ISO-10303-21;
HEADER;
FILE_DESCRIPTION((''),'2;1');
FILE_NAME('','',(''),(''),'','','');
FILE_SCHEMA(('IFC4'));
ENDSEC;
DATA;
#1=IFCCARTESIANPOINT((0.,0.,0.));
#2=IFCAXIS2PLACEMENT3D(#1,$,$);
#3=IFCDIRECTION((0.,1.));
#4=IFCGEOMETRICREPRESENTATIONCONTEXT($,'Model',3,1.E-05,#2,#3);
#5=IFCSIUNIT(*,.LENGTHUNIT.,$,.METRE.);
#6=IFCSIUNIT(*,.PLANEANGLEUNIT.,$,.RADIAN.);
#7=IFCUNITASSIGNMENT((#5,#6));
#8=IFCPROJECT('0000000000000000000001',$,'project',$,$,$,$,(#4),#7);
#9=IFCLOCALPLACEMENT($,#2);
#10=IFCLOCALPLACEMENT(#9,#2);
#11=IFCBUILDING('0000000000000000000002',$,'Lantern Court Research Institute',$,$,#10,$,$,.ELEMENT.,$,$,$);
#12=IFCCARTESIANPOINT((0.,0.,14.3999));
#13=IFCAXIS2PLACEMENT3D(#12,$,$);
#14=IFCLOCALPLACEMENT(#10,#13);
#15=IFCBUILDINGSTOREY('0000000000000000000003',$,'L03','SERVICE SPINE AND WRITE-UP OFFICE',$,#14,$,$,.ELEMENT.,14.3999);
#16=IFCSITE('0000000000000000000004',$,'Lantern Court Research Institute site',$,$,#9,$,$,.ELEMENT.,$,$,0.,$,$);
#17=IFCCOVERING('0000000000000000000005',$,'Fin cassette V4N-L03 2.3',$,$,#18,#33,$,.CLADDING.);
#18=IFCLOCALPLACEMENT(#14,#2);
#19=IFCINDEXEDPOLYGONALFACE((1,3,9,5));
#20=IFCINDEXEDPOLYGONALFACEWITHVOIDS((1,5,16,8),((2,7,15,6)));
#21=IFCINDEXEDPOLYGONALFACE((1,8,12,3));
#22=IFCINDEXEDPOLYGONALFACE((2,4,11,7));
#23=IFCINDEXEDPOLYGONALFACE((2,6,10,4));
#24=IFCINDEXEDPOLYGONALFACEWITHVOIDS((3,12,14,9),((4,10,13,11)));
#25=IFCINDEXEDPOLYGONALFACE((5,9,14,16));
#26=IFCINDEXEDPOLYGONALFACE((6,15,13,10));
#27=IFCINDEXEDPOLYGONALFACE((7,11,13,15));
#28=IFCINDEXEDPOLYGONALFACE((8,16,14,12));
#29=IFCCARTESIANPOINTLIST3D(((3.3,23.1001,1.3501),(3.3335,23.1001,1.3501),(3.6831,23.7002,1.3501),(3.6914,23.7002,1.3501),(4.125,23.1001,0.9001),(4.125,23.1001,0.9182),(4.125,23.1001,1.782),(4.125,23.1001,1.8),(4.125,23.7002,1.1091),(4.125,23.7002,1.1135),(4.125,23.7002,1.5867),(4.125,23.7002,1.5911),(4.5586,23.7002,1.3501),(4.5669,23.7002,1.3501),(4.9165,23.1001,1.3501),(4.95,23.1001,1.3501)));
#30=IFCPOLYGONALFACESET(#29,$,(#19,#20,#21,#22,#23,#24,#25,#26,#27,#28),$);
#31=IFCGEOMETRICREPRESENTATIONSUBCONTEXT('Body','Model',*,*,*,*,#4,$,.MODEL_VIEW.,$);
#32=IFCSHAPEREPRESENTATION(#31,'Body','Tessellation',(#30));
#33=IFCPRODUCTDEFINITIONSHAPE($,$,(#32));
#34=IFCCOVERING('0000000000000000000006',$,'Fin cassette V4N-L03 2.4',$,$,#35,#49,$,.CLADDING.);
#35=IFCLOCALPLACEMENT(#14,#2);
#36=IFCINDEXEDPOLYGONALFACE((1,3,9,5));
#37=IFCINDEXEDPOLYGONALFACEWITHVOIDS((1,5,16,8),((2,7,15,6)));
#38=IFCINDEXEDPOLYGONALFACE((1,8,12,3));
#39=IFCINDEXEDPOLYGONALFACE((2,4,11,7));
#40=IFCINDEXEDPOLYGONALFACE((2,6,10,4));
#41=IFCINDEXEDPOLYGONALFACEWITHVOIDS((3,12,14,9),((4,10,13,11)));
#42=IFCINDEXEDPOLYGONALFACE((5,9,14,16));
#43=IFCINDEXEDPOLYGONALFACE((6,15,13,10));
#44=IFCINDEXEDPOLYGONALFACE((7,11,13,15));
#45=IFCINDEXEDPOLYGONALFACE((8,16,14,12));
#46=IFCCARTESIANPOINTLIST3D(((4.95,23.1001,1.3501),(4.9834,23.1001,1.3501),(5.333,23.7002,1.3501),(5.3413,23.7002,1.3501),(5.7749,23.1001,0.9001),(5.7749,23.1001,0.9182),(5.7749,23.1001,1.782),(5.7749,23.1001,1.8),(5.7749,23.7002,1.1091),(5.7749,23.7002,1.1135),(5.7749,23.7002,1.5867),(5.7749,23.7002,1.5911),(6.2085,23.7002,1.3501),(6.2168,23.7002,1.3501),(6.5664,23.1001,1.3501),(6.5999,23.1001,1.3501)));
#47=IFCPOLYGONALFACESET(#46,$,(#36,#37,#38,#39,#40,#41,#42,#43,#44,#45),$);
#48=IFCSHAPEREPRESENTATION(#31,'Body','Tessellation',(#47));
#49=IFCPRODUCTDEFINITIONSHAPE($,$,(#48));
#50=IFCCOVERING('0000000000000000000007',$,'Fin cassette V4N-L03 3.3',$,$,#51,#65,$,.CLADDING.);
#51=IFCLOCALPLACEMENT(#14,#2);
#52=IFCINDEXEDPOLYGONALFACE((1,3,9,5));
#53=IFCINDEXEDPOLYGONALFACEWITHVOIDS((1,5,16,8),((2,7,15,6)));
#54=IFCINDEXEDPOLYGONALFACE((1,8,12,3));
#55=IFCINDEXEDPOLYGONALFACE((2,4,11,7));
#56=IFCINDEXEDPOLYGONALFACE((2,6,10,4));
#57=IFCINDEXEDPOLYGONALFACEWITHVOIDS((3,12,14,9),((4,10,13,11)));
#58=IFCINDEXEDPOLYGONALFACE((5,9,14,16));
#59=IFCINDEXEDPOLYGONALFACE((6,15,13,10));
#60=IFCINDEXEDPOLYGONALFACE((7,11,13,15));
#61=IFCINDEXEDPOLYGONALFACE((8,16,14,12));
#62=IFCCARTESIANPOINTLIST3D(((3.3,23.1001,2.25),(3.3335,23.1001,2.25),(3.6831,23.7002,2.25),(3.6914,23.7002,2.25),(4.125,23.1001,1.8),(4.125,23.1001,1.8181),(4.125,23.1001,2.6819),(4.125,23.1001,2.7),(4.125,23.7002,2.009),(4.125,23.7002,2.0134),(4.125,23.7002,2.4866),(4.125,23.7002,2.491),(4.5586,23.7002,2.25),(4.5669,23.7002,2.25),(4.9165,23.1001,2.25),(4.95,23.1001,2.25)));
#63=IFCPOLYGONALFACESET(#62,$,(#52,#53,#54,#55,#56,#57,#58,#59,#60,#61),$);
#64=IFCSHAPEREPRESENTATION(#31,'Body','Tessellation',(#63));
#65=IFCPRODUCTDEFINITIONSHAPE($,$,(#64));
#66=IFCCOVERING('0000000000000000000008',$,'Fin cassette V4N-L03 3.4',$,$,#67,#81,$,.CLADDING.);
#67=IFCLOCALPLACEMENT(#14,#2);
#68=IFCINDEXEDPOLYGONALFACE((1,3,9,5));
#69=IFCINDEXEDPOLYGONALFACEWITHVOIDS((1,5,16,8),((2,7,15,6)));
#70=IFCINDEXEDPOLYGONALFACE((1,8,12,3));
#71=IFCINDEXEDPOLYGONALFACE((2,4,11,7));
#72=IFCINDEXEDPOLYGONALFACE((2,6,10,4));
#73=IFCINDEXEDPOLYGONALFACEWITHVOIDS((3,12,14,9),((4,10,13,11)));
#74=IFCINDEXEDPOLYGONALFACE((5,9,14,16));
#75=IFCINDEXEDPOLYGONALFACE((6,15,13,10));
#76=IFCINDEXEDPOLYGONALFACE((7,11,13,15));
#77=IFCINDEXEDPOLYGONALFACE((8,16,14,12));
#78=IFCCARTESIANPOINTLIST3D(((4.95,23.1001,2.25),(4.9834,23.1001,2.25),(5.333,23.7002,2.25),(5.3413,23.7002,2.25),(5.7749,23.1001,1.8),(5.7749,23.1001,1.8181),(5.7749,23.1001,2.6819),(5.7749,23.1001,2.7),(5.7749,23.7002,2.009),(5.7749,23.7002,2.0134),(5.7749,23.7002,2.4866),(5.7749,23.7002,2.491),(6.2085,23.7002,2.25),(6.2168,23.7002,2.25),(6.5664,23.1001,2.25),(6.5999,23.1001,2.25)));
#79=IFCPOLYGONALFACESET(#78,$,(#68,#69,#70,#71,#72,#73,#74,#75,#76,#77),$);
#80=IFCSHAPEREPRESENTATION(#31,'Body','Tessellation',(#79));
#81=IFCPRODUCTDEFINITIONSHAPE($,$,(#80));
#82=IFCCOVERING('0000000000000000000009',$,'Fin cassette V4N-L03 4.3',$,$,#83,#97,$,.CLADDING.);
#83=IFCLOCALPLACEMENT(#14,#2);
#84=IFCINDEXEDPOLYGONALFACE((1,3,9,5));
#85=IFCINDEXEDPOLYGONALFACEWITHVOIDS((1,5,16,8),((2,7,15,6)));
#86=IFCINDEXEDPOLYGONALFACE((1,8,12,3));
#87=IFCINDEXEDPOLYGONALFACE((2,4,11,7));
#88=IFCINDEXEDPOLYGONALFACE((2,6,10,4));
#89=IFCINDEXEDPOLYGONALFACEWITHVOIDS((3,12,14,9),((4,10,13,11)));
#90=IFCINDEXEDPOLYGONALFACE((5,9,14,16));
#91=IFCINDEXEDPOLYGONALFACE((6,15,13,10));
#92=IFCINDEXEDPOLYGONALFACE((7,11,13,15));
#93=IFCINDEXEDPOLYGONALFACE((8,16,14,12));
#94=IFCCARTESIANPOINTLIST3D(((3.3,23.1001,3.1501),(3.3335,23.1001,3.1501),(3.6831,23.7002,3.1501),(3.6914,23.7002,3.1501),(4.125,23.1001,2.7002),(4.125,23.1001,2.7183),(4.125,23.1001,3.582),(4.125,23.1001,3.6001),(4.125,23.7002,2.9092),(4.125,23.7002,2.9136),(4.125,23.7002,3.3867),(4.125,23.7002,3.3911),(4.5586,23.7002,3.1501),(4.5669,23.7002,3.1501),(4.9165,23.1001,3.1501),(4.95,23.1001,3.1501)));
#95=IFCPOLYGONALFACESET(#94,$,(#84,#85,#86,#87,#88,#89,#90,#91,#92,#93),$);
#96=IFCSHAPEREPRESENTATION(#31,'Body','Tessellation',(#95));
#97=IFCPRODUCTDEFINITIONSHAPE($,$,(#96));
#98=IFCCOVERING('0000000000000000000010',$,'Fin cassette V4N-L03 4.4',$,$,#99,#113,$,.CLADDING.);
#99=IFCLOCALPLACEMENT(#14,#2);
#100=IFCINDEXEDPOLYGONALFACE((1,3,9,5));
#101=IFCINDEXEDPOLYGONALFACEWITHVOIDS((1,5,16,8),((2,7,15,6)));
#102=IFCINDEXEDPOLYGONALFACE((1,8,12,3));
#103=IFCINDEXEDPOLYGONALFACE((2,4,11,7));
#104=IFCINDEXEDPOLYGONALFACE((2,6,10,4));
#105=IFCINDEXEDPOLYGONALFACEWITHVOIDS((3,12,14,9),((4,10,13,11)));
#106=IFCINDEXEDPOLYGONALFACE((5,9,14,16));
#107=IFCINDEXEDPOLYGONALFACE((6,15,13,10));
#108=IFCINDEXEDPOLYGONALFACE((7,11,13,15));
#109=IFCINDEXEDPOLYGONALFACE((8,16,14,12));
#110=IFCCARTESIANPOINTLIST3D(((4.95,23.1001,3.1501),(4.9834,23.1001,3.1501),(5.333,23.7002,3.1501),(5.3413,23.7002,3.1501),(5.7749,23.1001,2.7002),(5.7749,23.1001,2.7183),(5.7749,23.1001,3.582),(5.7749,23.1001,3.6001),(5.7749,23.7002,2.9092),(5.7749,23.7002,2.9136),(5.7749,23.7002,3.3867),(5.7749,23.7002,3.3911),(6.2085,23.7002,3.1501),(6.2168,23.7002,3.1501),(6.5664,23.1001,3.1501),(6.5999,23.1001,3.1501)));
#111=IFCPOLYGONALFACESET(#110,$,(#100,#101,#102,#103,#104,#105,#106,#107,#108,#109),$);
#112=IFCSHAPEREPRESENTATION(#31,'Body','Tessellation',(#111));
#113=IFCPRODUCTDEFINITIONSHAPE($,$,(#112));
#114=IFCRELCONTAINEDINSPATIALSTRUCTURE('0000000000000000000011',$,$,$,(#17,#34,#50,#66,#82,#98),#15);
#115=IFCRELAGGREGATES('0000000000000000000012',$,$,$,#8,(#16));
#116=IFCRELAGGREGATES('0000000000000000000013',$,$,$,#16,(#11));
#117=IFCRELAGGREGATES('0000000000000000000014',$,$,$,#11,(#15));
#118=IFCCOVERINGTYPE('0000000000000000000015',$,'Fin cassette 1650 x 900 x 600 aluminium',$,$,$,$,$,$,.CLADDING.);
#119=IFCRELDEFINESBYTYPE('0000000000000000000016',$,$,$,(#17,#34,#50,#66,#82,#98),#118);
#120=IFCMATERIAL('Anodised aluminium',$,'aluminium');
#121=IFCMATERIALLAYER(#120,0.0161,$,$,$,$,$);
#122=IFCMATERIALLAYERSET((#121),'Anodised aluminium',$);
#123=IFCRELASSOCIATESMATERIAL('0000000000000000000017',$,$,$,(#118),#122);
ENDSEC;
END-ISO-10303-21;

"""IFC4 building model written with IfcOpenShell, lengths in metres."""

from ifc_helpers import new_model, entity, si_unit, direction, frame, origin, place, context, subcontext, project, spatial, material, layer, layer_set, type_object, element, save


model = new_model("IFC4")

# Units and contexts
model_context = context("Model", 3, precision=1e-05, world=origin(), true_north=direction((0.0, 1.0)))
body_context = subcontext(model_context, "Body", "Model", "MODEL_VIEW")
ifc_project = project(units=[si_unit("LENGTHUNIT", "METRE"), si_unit("PLANEANGLEUNIT", "RADIAN")], contexts=[model_context])

# Site, building, storey
site_placement = place(None, origin())
site = spatial("IfcSite", under=ifc_project, at=site_placement, Name="Lantern Court Research Institute site", CompositionType="ELEMENT", RefElevation=0.0)
building_placement = place(site_placement, origin())
building = spatial("IfcBuilding", under=site, at=building_placement, Name="Lantern Court Research Institute", CompositionType="ELEMENT")
storey_placement = place(building_placement, frame((0.0, 0.0, 14.3999)))
storey = spatial("IfcBuildingStorey", under=building, at=storey_placement, Name="L03", Description="SERVICE SPINE AND WRITE-UP OFFICE", CompositionType="ELEMENT", Elevation=14.3999)

# Coverings
ifc_material_1 = material(Name="Anodised aluminium", Category="aluminium")
ifc_layer_1 = layer(ifc_material_1, 0.0161)
ifc_layer_set_1 = layer_set([ifc_layer_1], Name="Anodised aluminium")
covering_type = type_object("IfcCoveringType", Name="Fin cassette 1650 x 900 x 600 aluminium", PredefinedType="CLADDING", material=ifc_layer_set_1)
covering_1_placement = place(storey_placement, frame((4.125, 23.1001, 1.3501), z_axis=(0.0, 1.0, 0.0), x_axis=(-1.0, 0.0, 0.0)))
cartesian_point_1 = entity("IfcCartesianPoint", [0.825, 0.0])
cartesian_point_2 = entity("IfcCartesianPoint", [0.7915, 0.0])
cartesian_point_3 = entity("IfcCartesianPoint", [0.4419, 0.0])
cartesian_point_4 = entity("IfcCartesianPoint", [0.4336, 0.0])
element("IfcCovering", 1, at=covering_1_placement, inside=storey, type_object=covering_type, Name="Fin cassette V4N-L03 2.3", PredefinedType="CLADDING", context=body_context, shape_type="SweptSolid", body=[
    entity("IfcExtrudedAreaSolidTapered", entity("IfcArbitraryProfileDefWithVoids", "AREA", None, entity("IfcPolyline", [cartesian_point_1, entity("IfcCartesianPoint", [0.0, 0.45]), entity("IfcCartesianPoint", [-0.825, 0.0]), entity("IfcCartesianPoint", [0.0, -0.45]), cartesian_point_1]), [entity("IfcPolyline", [cartesian_point_2, entity("IfcCartesianPoint", [0.0, 0.4319]), entity("IfcCartesianPoint", [-0.7915, 0.0]), entity("IfcCartesianPoint", [0.0, -0.4319]), cartesian_point_2])]), entity("IfcAxis2Placement3D", entity("IfcCartesianPoint", [0.0, 0.0, 0.0])), entity("IfcDirection", [0.0, 0.0, 1.0]), 0.6001, entity("IfcArbitraryProfileDefWithVoids", "AREA", None, entity("IfcPolyline", [cartesian_point_3, entity("IfcCartesianPoint", [0.0, 0.241]), entity("IfcCartesianPoint", [-0.4419, 0.0]), entity("IfcCartesianPoint", [0.0, -0.241]), cartesian_point_3]), [entity("IfcPolyline", [cartesian_point_4, entity("IfcCartesianPoint", [0.0, 0.2366]), entity("IfcCartesianPoint", [-0.4336, 0.0]), entity("IfcCartesianPoint", [0.0, -0.2366]), cartesian_point_4])])),
])
covering_2_placement = place(storey_placement, frame((5.7749, 23.1001, 1.3501), z_axis=(0.0, 1.0, 0.0), x_axis=(-1.0, 0.0, 0.0)))
cartesian_point_5 = entity("IfcCartesianPoint", [0.825, 0.0])
cartesian_point_6 = entity("IfcCartesianPoint", [0.7915, 0.0])
cartesian_point_7 = entity("IfcCartesianPoint", [0.4419, 0.0])
cartesian_point_8 = entity("IfcCartesianPoint", [0.4336, 0.0])
element("IfcCovering", 2, at=covering_2_placement, inside=storey, type_object=covering_type, Name="Fin cassette V4N-L03 2.4", PredefinedType="CLADDING", context=body_context, shape_type="SweptSolid", body=[
    entity("IfcExtrudedAreaSolidTapered", entity("IfcArbitraryProfileDefWithVoids", "AREA", None, entity("IfcPolyline", [cartesian_point_5, entity("IfcCartesianPoint", [0.0, 0.45]), entity("IfcCartesianPoint", [-0.825, 0.0]), entity("IfcCartesianPoint", [0.0, -0.45]), cartesian_point_5]), [entity("IfcPolyline", [cartesian_point_6, entity("IfcCartesianPoint", [0.0, 0.4319]), entity("IfcCartesianPoint", [-0.7915, 0.0]), entity("IfcCartesianPoint", [0.0, -0.4319]), cartesian_point_6])]), entity("IfcAxis2Placement3D", entity("IfcCartesianPoint", [0.0, 0.0, 0.0])), entity("IfcDirection", [0.0, 0.0, 1.0]), 0.6001, entity("IfcArbitraryProfileDefWithVoids", "AREA", None, entity("IfcPolyline", [cartesian_point_7, entity("IfcCartesianPoint", [0.0, 0.241]), entity("IfcCartesianPoint", [-0.4419, 0.0]), entity("IfcCartesianPoint", [0.0, -0.241]), cartesian_point_7]), [entity("IfcPolyline", [cartesian_point_8, entity("IfcCartesianPoint", [0.0, 0.2366]), entity("IfcCartesianPoint", [-0.4336, 0.0]), entity("IfcCartesianPoint", [0.0, -0.2366]), cartesian_point_8])])),
])
covering_3_placement = place(storey_placement, frame((4.125, 23.1001, 2.25), z_axis=(0.0, 1.0, 0.0), x_axis=(-1.0, 0.0, 0.0)))
cartesian_point_9 = entity("IfcCartesianPoint", [0.825, 0.0])
cartesian_point_10 = entity("IfcCartesianPoint", [0.7915, 0.0])
cartesian_point_11 = entity("IfcCartesianPoint", [0.4419, 0.0])
cartesian_point_12 = entity("IfcCartesianPoint", [0.4336, 0.0])
element("IfcCovering", 3, at=covering_3_placement, inside=storey, type_object=covering_type, Name="Fin cassette V4N-L03 3.3", PredefinedType="CLADDING", context=body_context, shape_type="SweptSolid", body=[
    entity("IfcExtrudedAreaSolidTapered", entity("IfcArbitraryProfileDefWithVoids", "AREA", None, entity("IfcPolyline", [cartesian_point_9, entity("IfcCartesianPoint", [0.0, 0.45]), entity("IfcCartesianPoint", [-0.825, 0.0]), entity("IfcCartesianPoint", [0.0, -0.45]), cartesian_point_9]), [entity("IfcPolyline", [cartesian_point_10, entity("IfcCartesianPoint", [0.0, 0.4319]), entity("IfcCartesianPoint", [-0.7915, 0.0]), entity("IfcCartesianPoint", [0.0, -0.4319]), cartesian_point_10])]), entity("IfcAxis2Placement3D", entity("IfcCartesianPoint", [0.0, 0.0, 0.0])), entity("IfcDirection", [0.0, 0.0, 1.0]), 0.6001, entity("IfcArbitraryProfileDefWithVoids", "AREA", None, entity("IfcPolyline", [cartesian_point_11, entity("IfcCartesianPoint", [0.0, 0.241]), entity("IfcCartesianPoint", [-0.4419, 0.0]), entity("IfcCartesianPoint", [0.0, -0.241]), cartesian_point_11]), [entity("IfcPolyline", [cartesian_point_12, entity("IfcCartesianPoint", [0.0, 0.2366]), entity("IfcCartesianPoint", [-0.4336, 0.0]), entity("IfcCartesianPoint", [0.0, -0.2366]), cartesian_point_12])])),
])
covering_4_placement = place(storey_placement, frame((5.7749, 23.1001, 2.25), z_axis=(0.0, 1.0, 0.0), x_axis=(-1.0, 0.0, 0.0)))
cartesian_point_13 = entity("IfcCartesianPoint", [0.825, 0.0])
cartesian_point_14 = entity("IfcCartesianPoint", [0.7915, 0.0])
cartesian_point_15 = entity("IfcCartesianPoint", [0.4419, 0.0])
cartesian_point_16 = entity("IfcCartesianPoint", [0.4336, 0.0])
element("IfcCovering", 4, at=covering_4_placement, inside=storey, type_object=covering_type, Name="Fin cassette V4N-L03 3.4", PredefinedType="CLADDING", context=body_context, shape_type="SweptSolid", body=[
    entity("IfcExtrudedAreaSolidTapered", entity("IfcArbitraryProfileDefWithVoids", "AREA", None, entity("IfcPolyline", [cartesian_point_13, entity("IfcCartesianPoint", [0.0, 0.45]), entity("IfcCartesianPoint", [-0.825, 0.0]), entity("IfcCartesianPoint", [0.0, -0.45]), cartesian_point_13]), [entity("IfcPolyline", [cartesian_point_14, entity("IfcCartesianPoint", [0.0, 0.4319]), entity("IfcCartesianPoint", [-0.7915, 0.0]), entity("IfcCartesianPoint", [0.0, -0.4319]), cartesian_point_14])]), entity("IfcAxis2Placement3D", entity("IfcCartesianPoint", [0.0, 0.0, 0.0])), entity("IfcDirection", [0.0, 0.0, 1.0]), 0.6001, entity("IfcArbitraryProfileDefWithVoids", "AREA", None, entity("IfcPolyline", [cartesian_point_15, entity("IfcCartesianPoint", [0.0, 0.241]), entity("IfcCartesianPoint", [-0.4419, 0.0]), entity("IfcCartesianPoint", [0.0, -0.241]), cartesian_point_15]), [entity("IfcPolyline", [cartesian_point_16, entity("IfcCartesianPoint", [0.0, 0.2366]), entity("IfcCartesianPoint", [-0.4336, 0.0]), entity("IfcCartesianPoint", [0.0, -0.2366]), cartesian_point_16])])),
])
covering_5_placement = place(storey_placement, frame((4.125, 23.1001, 3.1501), z_axis=(0.0, 1.0, 0.0), x_axis=(-1.0, 0.0, 0.0)))
cartesian_point_17 = entity("IfcCartesianPoint", [0.825, 0.0])
cartesian_point_18 = entity("IfcCartesianPoint", [0.7915, 0.0])
cartesian_point_19 = entity("IfcCartesianPoint", [0.4419, 0.0])
cartesian_point_20 = entity("IfcCartesianPoint", [0.4336, 0.0])
element("IfcCovering", 5, at=covering_5_placement, inside=storey, type_object=covering_type, Name="Fin cassette V4N-L03 4.3", PredefinedType="CLADDING", context=body_context, shape_type="SweptSolid", body=[
    entity("IfcExtrudedAreaSolidTapered", entity("IfcArbitraryProfileDefWithVoids", "AREA", None, entity("IfcPolyline", [cartesian_point_17, entity("IfcCartesianPoint", [0.0, 0.45]), entity("IfcCartesianPoint", [-0.825, 0.0]), entity("IfcCartesianPoint", [0.0, -0.45]), cartesian_point_17]), [entity("IfcPolyline", [cartesian_point_18, entity("IfcCartesianPoint", [0.0, 0.4319]), entity("IfcCartesianPoint", [-0.7915, 0.0]), entity("IfcCartesianPoint", [0.0, -0.4319]), cartesian_point_18])]), entity("IfcAxis2Placement3D", entity("IfcCartesianPoint", [0.0, 0.0, 0.0])), entity("IfcDirection", [0.0, 0.0, 1.0]), 0.6001, entity("IfcArbitraryProfileDefWithVoids", "AREA", None, entity("IfcPolyline", [cartesian_point_19, entity("IfcCartesianPoint", [0.0, 0.241]), entity("IfcCartesianPoint", [-0.4419, 0.0]), entity("IfcCartesianPoint", [0.0, -0.241]), cartesian_point_19]), [entity("IfcPolyline", [cartesian_point_20, entity("IfcCartesianPoint", [0.0, 0.2366]), entity("IfcCartesianPoint", [-0.4336, 0.0]), entity("IfcCartesianPoint", [0.0, -0.2366]), cartesian_point_20])])),
])
covering_6_placement = place(storey_placement, frame((5.7749, 23.1001, 3.1501), z_axis=(0.0, 1.0, 0.0), x_axis=(-1.0, 0.0, 0.0)))
cartesian_point_21 = entity("IfcCartesianPoint", [0.825, 0.0])
cartesian_point_22 = entity("IfcCartesianPoint", [0.7915, 0.0])
cartesian_point_23 = entity("IfcCartesianPoint", [0.4419, 0.0])
cartesian_point_24 = entity("IfcCartesianPoint", [0.4336, 0.0])
element("IfcCovering", 6, at=covering_6_placement, inside=storey, type_object=covering_type, Name="Fin cassette V4N-L03 4.4", PredefinedType="CLADDING", context=body_context, shape_type="SweptSolid", body=[
    entity("IfcExtrudedAreaSolidTapered", entity("IfcArbitraryProfileDefWithVoids", "AREA", None, entity("IfcPolyline", [cartesian_point_21, entity("IfcCartesianPoint", [0.0, 0.45]), entity("IfcCartesianPoint", [-0.825, 0.0]), entity("IfcCartesianPoint", [0.0, -0.45]), cartesian_point_21]), [entity("IfcPolyline", [cartesian_point_22, entity("IfcCartesianPoint", [0.0, 0.4319]), entity("IfcCartesianPoint", [-0.7915, 0.0]), entity("IfcCartesianPoint", [0.0, -0.4319]), cartesian_point_22])]), entity("IfcAxis2Placement3D", entity("IfcCartesianPoint", [0.0, 0.0, 0.0])), entity("IfcDirection", [0.0, 0.0, 1.0]), 0.6001, entity("IfcArbitraryProfileDefWithVoids", "AREA", None, entity("IfcPolyline", [cartesian_point_23, entity("IfcCartesianPoint", [0.0, 0.241]), entity("IfcCartesianPoint", [-0.4419, 0.0]), entity("IfcCartesianPoint", [0.0, -0.241]), cartesian_point_23]), [entity("IfcPolyline", [cartesian_point_24, entity("IfcCartesianPoint", [0.0, 0.2366]), entity("IfcCartesianPoint", [-0.4336, 0.0]), entity("IfcCartesianPoint", [0.0, -0.2366]), cartesian_point_24])])),
])

save(model, "model.ifc")
